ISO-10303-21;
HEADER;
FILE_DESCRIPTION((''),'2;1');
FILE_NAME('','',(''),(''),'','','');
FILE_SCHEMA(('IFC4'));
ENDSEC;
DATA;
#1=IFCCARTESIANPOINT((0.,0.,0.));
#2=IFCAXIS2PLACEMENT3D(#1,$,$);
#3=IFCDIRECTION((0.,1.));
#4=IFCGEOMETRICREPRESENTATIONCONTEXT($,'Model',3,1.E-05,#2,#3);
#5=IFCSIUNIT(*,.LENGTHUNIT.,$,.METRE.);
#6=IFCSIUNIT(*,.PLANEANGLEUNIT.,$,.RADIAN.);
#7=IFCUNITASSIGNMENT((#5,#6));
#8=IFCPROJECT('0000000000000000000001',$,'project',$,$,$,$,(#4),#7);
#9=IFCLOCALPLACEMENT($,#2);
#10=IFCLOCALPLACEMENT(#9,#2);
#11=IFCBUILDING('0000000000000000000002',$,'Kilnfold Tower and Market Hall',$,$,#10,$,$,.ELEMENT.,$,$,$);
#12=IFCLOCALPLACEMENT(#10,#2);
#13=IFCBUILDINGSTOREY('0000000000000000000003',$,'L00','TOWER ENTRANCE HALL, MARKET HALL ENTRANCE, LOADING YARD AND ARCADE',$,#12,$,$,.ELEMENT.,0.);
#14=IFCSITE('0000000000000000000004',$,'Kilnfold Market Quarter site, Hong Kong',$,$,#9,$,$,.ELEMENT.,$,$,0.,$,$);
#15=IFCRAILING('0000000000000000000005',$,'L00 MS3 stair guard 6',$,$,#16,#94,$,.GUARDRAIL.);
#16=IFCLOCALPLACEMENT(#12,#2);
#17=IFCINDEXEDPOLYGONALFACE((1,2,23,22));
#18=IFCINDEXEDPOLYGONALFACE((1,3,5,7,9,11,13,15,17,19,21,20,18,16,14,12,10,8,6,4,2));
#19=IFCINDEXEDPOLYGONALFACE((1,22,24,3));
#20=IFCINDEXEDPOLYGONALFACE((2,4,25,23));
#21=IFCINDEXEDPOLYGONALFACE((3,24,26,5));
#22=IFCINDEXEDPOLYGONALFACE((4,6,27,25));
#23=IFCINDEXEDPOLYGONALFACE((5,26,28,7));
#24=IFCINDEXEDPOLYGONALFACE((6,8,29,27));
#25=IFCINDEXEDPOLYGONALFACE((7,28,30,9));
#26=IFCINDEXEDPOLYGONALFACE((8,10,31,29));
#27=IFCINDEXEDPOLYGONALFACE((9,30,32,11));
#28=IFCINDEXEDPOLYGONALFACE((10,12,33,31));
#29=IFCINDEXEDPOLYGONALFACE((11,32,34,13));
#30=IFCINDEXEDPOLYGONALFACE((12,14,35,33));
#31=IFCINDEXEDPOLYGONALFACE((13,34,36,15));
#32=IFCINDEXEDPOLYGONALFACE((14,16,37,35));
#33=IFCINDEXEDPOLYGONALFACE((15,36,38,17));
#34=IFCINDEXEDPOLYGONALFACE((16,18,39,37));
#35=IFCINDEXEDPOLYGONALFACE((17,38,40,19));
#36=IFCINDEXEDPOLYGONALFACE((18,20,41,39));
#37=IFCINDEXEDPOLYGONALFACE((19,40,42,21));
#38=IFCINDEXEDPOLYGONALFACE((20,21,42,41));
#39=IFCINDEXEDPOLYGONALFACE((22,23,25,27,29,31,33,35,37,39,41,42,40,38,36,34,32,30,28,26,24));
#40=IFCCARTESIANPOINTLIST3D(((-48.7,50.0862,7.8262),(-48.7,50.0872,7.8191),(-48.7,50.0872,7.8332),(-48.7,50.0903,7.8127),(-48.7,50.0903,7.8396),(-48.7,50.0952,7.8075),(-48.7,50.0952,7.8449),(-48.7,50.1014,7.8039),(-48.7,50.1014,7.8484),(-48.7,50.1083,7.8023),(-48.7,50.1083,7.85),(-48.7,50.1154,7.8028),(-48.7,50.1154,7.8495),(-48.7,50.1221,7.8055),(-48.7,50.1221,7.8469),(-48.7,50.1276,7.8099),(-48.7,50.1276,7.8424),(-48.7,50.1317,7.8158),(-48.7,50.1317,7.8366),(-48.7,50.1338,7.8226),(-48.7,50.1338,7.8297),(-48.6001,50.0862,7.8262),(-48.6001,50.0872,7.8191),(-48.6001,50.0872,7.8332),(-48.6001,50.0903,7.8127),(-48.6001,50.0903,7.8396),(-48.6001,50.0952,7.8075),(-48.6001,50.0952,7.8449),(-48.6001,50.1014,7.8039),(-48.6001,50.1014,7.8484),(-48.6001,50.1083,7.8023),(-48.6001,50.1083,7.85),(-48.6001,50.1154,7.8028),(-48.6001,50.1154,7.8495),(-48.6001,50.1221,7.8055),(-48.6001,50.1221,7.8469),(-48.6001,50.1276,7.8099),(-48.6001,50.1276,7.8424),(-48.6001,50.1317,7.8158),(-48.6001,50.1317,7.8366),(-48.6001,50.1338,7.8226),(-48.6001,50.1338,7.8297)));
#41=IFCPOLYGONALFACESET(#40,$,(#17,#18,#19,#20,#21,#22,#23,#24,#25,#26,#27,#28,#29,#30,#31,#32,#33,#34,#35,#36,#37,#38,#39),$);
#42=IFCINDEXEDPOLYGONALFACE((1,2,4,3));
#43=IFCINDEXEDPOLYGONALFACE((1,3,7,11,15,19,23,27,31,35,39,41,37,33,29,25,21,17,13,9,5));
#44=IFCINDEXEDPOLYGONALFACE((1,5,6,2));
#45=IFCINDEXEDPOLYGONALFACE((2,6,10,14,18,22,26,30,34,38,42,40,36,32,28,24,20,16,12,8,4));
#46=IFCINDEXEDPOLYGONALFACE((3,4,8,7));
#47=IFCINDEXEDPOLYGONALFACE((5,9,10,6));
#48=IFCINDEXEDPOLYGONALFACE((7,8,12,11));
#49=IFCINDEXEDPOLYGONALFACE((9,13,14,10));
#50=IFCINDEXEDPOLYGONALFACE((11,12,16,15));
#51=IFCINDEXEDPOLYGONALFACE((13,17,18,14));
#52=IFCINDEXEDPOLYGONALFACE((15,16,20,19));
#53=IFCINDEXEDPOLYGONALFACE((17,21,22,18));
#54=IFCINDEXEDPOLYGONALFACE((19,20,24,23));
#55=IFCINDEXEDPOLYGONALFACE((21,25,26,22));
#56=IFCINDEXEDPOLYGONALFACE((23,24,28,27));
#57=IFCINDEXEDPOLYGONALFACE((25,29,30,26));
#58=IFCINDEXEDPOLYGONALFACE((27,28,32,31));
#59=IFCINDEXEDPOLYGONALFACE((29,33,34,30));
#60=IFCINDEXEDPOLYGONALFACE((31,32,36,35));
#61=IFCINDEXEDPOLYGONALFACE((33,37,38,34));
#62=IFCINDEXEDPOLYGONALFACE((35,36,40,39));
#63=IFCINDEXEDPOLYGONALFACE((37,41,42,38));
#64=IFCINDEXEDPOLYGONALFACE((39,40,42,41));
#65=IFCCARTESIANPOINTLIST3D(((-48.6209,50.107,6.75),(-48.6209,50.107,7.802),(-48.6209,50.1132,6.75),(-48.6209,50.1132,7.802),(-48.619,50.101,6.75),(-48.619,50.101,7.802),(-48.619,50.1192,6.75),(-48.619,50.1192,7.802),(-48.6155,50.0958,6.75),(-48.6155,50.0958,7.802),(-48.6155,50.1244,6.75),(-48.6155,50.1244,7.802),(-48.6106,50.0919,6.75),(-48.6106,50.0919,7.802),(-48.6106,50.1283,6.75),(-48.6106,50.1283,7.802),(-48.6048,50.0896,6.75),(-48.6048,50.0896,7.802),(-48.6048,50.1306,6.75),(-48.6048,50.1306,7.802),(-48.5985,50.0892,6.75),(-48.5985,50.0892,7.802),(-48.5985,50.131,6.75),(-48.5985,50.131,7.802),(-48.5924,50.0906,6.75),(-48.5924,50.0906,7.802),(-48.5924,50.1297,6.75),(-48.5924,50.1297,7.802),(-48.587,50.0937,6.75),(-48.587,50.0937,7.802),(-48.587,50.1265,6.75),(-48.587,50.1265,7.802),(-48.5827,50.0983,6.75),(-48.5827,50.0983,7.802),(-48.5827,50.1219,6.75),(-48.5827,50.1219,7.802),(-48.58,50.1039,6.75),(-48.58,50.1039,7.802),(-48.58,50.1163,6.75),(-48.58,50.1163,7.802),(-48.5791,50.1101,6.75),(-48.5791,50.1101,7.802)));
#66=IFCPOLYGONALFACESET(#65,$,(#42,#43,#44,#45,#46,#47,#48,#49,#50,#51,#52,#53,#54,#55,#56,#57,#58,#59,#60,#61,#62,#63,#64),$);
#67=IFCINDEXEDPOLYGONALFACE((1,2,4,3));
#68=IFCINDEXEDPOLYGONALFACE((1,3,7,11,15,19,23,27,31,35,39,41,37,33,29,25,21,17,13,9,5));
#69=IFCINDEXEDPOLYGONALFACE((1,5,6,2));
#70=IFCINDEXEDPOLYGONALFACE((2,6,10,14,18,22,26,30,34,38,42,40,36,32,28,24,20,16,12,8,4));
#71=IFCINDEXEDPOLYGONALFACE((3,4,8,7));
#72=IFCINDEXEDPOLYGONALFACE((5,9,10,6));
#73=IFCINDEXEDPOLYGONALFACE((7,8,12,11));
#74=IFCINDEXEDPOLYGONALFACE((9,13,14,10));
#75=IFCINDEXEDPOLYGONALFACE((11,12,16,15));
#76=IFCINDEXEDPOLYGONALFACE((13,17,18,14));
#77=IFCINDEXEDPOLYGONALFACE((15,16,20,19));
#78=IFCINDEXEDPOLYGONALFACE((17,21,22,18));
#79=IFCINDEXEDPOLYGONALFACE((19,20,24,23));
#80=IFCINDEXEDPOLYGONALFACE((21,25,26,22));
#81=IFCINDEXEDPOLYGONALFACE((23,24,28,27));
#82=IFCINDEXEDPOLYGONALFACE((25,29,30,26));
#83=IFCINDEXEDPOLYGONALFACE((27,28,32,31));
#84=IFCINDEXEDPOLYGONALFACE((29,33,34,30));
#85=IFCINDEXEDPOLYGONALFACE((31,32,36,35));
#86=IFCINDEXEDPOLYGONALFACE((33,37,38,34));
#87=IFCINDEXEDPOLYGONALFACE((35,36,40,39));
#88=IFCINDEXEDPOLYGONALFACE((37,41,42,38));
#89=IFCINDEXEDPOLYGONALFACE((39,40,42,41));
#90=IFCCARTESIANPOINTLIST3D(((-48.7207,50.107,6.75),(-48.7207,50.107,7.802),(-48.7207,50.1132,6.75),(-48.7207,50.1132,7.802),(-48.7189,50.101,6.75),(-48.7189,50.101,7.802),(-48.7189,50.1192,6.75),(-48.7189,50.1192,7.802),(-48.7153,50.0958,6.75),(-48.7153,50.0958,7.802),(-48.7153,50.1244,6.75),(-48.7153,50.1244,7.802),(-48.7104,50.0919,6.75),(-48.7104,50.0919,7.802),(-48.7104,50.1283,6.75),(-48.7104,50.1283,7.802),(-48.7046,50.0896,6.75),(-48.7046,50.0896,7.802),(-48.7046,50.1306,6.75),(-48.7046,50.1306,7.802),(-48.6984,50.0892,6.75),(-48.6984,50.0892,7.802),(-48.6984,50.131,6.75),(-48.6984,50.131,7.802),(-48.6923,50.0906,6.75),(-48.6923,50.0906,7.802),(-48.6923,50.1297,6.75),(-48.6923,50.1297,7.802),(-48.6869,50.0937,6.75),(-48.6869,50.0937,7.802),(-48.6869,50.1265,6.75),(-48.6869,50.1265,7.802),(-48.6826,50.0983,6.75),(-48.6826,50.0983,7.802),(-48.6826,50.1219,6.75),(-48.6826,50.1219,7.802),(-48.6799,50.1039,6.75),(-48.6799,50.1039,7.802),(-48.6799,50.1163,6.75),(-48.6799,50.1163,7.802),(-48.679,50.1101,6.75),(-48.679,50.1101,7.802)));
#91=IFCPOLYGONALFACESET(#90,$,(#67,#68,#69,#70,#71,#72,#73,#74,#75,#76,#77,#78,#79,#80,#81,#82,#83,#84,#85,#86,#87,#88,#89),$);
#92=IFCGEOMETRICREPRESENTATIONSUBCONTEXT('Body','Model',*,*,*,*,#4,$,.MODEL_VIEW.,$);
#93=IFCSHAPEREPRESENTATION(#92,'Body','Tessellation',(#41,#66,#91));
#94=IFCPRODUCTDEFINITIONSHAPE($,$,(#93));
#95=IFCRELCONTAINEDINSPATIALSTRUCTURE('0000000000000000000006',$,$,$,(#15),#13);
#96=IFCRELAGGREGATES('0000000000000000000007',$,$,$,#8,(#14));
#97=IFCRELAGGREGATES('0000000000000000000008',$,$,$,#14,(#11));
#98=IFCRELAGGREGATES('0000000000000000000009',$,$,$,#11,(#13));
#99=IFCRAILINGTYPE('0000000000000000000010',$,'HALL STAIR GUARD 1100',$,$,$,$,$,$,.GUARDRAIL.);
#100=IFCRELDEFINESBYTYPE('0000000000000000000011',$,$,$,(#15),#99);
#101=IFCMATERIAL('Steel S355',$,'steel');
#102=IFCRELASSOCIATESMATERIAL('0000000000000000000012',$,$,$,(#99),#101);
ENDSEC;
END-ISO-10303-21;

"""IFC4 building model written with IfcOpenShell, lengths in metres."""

from ifc_helpers import new_model, si_unit, direction, frame, origin, origin_2d, place, context, subcontext, project, spatial, circle, extrude, material, type_object, element, save


model = new_model("IFC4")

# Units and contexts
model_context = context("Model", 3, precision=1e-05, world=origin(), true_north=direction((0.0, 1.0)))
body_context = subcontext(model_context, "Body", "Model", "MODEL_VIEW")
ifc_project = project(units=[si_unit("LENGTHUNIT", "METRE"), si_unit("PLANEANGLEUNIT", "RADIAN")], contexts=[model_context])

# Site, building, storey
site_placement = place(None, origin())
site = spatial("IfcSite", under=ifc_project, at=site_placement, Name="Kilnfold Market Quarter site, Hong Kong", CompositionType="ELEMENT", RefElevation=0.0)
building_placement = place(site_placement, origin())
building = spatial("IfcBuilding", under=site, at=building_placement, Name="Kilnfold Tower and Market Hall", CompositionType="ELEMENT")
storey_placement = place(building_placement, origin())
storey = spatial("IfcBuildingStorey", under=building, at=storey_placement, Name="L00", Description="TOWER ENTRANCE HALL, MARKET HALL ENTRANCE, LOADING YARD AND ARCADE", CompositionType="ELEMENT", Elevation=0.0)

# Railing
ifc_material_1 = material(Name="Steel S355", Category="steel")
railing_type_1 = type_object("IfcRailingType", Name="HALL STAIR GUARD 1100", PredefinedType="GUARDRAIL", material=ifc_material_1)
railing_1_placement = place(storey_placement, frame((-48.6001, 50.1101, 6.75)))
element("IfcRailing", 1, at=railing_1_placement, inside=storey, type_object=railing_type_1, Name="L00 MS3 stair guard 6", PredefinedType="GUARDRAIL", context=body_context, shape_type="SweptSolid", body=[
    extrude(circle(Radius=0.0239, at=origin_2d()), frame((0.0, 0.0, 1.0762), z_axis=(-1.0, 0.0, 0.0), x_axis=(0.0, -1.0, 0.0)), (0.0, 0.0, 1.0), 0.0999),
    extrude(circle(Radius=0.021, at=origin_2d()), origin(), (0.0, 0.0, 1.0), 1.052),
    extrude(circle(Radius=0.021, at=origin_2d()), frame((-0.0999, 0.0, 0.0)), (0.0, 0.0, 1.0), 1.052),
])

save(model, "model.ifc")
